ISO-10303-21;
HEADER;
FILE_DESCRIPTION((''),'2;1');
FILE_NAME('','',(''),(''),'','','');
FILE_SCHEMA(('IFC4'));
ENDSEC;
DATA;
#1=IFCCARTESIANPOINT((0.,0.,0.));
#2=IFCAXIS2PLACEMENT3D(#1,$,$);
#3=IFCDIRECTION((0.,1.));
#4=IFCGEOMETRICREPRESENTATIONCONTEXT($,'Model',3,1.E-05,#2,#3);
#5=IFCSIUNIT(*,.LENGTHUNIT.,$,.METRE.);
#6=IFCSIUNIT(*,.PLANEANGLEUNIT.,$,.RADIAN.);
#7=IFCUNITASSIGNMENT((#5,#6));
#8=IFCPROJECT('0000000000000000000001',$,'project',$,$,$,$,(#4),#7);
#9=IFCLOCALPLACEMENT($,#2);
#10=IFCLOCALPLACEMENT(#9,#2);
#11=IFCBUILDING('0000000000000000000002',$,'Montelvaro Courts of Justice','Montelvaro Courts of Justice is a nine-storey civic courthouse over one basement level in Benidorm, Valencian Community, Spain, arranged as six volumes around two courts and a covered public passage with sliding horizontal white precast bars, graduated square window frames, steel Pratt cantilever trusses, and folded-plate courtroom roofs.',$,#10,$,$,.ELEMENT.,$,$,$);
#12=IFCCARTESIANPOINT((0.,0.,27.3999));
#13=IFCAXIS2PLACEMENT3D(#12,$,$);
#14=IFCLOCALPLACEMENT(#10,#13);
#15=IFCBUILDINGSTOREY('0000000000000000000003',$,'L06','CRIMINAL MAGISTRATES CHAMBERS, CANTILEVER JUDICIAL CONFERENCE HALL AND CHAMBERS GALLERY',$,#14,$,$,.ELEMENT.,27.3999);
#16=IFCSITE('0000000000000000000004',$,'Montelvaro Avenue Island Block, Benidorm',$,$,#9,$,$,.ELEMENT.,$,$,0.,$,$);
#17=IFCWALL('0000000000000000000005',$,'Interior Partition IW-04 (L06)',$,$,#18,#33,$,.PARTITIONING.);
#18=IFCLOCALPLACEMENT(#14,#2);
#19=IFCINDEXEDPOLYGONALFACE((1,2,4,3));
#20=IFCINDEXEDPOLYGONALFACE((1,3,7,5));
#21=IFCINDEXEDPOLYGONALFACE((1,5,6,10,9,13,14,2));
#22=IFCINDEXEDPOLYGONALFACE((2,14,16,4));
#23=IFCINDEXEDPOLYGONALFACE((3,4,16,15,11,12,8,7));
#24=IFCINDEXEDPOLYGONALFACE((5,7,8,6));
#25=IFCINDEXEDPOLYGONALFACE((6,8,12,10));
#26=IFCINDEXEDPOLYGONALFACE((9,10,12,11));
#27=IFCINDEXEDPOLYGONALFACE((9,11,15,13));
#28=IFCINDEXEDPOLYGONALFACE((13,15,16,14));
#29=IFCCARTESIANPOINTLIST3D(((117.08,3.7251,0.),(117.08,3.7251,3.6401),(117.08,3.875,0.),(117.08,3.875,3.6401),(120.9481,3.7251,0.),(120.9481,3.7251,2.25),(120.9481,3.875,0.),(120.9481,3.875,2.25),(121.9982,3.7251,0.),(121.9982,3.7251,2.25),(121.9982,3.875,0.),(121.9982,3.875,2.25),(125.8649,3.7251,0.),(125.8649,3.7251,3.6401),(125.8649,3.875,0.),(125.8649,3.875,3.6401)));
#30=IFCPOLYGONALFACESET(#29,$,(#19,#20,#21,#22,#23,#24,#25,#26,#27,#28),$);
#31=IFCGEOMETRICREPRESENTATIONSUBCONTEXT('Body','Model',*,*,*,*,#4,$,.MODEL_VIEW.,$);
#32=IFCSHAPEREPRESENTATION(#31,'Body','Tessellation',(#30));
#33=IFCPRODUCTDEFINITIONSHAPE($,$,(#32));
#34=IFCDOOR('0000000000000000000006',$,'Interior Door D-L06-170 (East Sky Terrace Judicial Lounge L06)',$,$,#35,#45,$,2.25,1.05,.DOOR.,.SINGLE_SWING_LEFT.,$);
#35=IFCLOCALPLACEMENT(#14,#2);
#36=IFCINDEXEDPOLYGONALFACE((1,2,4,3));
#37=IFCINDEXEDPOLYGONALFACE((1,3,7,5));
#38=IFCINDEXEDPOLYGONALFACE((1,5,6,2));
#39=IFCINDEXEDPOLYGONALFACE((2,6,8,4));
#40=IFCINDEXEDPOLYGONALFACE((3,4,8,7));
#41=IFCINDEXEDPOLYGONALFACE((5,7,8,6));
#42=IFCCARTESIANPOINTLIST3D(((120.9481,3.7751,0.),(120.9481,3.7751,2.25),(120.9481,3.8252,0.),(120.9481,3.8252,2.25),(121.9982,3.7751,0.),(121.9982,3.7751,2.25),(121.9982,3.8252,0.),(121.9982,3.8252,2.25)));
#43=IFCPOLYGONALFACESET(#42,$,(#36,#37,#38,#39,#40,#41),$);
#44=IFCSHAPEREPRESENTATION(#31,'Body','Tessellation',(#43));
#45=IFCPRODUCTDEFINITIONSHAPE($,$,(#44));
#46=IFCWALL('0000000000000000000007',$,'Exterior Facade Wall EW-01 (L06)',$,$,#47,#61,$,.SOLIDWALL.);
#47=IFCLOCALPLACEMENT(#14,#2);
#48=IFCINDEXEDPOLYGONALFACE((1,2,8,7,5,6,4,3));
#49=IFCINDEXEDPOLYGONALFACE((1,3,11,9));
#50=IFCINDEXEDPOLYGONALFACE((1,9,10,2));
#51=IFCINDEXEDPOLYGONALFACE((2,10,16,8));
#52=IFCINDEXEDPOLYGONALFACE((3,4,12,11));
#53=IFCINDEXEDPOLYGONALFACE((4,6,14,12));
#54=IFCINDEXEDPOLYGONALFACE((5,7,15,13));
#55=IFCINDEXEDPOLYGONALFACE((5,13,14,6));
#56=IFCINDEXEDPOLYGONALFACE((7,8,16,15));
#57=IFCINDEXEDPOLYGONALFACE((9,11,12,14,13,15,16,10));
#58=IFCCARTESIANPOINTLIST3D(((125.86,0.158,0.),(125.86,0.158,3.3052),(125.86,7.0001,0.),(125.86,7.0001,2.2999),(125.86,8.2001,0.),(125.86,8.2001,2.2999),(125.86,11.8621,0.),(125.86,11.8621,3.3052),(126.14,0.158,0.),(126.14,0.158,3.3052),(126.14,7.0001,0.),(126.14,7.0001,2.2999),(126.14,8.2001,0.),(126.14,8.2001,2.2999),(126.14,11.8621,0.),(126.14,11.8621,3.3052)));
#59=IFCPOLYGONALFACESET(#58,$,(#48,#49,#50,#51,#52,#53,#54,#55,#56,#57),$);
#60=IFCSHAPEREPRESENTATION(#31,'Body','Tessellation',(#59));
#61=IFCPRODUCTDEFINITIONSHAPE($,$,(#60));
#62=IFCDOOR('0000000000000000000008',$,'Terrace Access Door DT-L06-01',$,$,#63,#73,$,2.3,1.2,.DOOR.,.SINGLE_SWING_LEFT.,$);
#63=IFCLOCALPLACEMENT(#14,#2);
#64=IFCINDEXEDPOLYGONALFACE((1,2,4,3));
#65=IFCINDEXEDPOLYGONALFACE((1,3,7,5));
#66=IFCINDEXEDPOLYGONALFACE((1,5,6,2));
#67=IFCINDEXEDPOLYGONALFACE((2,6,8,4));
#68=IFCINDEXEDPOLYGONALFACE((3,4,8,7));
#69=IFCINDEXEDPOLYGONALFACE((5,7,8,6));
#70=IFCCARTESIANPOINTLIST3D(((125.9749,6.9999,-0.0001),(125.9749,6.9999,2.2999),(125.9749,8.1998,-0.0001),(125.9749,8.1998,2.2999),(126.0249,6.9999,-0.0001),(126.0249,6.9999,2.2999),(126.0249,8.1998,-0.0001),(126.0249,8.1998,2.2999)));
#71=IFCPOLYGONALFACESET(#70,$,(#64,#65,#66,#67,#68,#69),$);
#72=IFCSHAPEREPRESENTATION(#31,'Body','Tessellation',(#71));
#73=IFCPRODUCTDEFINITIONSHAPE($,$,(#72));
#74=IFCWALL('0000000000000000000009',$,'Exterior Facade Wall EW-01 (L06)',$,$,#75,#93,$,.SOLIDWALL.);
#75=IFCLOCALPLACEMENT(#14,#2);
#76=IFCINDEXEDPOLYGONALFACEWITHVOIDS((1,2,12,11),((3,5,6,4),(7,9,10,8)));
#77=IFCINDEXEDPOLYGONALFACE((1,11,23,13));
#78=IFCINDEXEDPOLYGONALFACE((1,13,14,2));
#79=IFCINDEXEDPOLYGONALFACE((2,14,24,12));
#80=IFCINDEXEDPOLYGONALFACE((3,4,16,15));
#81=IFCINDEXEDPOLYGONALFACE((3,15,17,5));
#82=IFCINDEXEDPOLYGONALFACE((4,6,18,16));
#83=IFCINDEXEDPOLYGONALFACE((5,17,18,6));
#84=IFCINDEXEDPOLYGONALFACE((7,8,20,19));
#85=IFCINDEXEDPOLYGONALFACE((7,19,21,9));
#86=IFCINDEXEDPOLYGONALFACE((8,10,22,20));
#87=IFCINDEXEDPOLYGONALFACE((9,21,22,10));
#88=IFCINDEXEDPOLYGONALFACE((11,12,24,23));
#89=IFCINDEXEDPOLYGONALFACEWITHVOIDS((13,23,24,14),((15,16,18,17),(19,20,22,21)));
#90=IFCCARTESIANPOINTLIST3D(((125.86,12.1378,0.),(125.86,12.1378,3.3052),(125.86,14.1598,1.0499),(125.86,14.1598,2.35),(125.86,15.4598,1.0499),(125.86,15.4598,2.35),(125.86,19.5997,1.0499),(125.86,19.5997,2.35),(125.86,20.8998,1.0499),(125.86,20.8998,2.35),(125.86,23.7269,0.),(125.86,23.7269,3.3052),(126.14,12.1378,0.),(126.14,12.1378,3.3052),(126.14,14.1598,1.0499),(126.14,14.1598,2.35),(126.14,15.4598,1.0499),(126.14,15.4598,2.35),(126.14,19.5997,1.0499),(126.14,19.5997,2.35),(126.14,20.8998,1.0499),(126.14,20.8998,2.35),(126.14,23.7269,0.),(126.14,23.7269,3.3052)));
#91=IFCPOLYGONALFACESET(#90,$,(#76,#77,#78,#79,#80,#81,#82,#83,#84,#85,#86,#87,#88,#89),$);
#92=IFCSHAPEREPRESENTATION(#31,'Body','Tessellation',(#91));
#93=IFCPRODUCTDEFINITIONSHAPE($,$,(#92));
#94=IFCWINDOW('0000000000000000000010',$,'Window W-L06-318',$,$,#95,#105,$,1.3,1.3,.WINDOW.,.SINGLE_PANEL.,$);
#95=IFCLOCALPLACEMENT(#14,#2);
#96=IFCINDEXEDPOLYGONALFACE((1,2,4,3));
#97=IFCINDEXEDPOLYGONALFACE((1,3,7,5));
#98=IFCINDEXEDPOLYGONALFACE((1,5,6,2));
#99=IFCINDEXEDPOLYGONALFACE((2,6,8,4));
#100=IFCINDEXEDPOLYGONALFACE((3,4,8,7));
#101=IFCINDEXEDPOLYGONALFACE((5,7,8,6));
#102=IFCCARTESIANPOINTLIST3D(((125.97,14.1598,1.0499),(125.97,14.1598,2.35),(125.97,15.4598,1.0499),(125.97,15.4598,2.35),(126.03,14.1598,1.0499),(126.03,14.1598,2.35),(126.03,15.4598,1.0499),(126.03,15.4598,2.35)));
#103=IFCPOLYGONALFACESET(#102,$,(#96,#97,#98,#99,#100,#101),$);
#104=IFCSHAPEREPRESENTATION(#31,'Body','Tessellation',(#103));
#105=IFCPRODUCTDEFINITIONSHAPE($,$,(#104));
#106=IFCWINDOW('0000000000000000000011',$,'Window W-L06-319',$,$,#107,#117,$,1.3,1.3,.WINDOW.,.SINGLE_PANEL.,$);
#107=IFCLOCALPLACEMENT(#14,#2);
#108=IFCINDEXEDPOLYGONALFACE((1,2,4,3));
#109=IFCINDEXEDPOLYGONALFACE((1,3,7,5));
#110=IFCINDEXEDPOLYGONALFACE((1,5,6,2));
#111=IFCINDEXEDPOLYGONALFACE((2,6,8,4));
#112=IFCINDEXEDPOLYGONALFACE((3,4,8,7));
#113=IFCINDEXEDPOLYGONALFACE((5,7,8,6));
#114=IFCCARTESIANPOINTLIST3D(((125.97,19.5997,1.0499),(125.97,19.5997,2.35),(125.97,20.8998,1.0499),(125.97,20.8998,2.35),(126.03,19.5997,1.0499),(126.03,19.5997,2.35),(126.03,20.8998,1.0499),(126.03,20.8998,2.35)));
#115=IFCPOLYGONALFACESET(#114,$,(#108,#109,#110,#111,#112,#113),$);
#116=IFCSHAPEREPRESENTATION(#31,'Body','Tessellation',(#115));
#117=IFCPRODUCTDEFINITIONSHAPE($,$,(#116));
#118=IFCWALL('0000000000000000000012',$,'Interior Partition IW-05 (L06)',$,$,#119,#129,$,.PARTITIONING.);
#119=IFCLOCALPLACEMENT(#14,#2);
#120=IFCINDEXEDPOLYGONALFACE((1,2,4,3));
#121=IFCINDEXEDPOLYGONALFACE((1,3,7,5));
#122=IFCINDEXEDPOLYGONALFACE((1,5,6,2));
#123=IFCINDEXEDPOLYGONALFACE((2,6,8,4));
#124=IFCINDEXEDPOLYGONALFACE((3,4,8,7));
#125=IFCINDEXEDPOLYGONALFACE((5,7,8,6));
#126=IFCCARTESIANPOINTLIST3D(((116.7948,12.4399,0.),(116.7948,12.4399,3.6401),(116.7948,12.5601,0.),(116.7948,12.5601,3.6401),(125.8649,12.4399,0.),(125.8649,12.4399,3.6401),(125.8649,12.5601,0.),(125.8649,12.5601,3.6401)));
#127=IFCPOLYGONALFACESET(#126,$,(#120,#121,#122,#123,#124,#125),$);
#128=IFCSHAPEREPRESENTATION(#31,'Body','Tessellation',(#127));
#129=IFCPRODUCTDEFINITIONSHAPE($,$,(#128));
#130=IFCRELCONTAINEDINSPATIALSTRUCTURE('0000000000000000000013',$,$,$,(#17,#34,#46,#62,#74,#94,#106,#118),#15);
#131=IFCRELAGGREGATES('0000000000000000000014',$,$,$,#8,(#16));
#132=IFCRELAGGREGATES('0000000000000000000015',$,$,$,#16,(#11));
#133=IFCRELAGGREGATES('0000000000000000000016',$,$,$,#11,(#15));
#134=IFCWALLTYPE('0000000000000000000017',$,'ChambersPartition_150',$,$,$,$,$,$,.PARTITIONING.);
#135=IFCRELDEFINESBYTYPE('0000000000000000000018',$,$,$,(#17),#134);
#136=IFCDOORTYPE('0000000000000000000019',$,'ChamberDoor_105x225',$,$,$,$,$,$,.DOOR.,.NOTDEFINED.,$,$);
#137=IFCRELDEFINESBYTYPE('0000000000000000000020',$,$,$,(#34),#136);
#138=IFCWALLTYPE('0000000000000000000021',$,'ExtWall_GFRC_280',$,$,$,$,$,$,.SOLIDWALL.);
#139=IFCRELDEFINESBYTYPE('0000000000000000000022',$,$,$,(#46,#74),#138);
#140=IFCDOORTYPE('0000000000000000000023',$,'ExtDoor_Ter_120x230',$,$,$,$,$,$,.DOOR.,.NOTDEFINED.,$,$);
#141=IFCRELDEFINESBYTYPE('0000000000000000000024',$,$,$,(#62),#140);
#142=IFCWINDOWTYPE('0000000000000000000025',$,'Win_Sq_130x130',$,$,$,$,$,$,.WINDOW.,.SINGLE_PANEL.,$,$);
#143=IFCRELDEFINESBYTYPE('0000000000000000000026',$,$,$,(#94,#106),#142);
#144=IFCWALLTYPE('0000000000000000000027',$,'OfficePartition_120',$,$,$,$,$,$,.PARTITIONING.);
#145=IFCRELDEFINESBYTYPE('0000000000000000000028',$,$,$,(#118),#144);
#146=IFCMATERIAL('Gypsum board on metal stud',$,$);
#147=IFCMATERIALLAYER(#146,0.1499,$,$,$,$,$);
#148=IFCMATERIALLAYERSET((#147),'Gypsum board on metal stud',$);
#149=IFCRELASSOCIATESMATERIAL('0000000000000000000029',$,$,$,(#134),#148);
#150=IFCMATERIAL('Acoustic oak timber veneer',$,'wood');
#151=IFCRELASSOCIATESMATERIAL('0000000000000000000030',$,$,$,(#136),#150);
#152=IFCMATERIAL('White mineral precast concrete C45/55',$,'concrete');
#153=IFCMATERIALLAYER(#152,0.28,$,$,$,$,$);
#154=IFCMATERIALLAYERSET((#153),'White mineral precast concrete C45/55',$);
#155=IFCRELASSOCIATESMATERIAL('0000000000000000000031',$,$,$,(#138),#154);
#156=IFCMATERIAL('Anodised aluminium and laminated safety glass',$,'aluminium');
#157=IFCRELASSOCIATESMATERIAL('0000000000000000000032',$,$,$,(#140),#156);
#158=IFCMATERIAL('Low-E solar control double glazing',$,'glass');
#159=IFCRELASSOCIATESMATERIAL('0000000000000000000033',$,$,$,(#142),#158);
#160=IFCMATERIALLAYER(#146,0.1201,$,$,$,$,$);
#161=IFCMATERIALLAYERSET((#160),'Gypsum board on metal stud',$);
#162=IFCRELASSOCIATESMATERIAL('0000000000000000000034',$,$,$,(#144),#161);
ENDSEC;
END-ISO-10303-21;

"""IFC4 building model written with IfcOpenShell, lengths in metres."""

from ifc_helpers import new_model, si_unit, direction, frame, frame_2d, origin, place, context, subcontext, project, spatial, rectangle, extrude, material, layer, layer_set, type_object, element, fill, save


model = new_model("IFC4")

# Units and contexts
model_context = context("Model", 3, precision=1e-05, world=origin(), true_north=direction((0.0, 1.0)))
body_context = subcontext(model_context, "Body", "Model", "MODEL_VIEW")
ifc_project = project(units=[si_unit("LENGTHUNIT", "METRE"), si_unit("PLANEANGLEUNIT", "RADIAN")], contexts=[model_context])

# Site, building, storey
site_placement = place(None, origin())
site = spatial("IfcSite", under=ifc_project, at=site_placement, Name="Montelvaro Avenue Island Block, Benidorm", CompositionType="ELEMENT", RefElevation=0.0)
building_placement = place(site_placement, origin())
building = spatial("IfcBuilding", under=site, at=building_placement, Name="Montelvaro Courts of Justice", Description="Montelvaro Courts of Justice is a nine-storey civic courthouse over one basement level in Benidorm, Valencian Community, Spain, arranged as six volumes around two courts and a covered public passage with sliding horizontal white precast bars, graduated square window frames, steel Pratt cantilever trusses, and folded-plate courtroom roofs.", CompositionType="ELEMENT")
storey_placement = place(building_placement, frame((0.0, 0.0, 27.3999)))
storey = spatial("IfcBuildingStorey", under=building, at=storey_placement, Name="L06", Description="CRIMINAL MAGISTRATES CHAMBERS, CANTILEVER JUDICIAL CONFERENCE HALL AND CHAMBERS GALLERY", CompositionType="ELEMENT", Elevation=27.3999)

# Shared definitions
ifc_material_1 = material(Name="White mineral precast concrete C45/55", Category="concrete")

# Walls, openings, doors
ifc_material_2 = material(Name="Gypsum board on metal stud")
ifc_layer_1 = layer(ifc_material_2, 0.1499)
ifc_layer_set_1 = layer_set([ifc_layer_1], Name="Gypsum board on metal stud")
wall_type_1 = type_object("IfcWallType", Name="ChambersPartition_150", PredefinedType="PARTITIONING", material=ifc_layer_set_1)
wall_1_placement = place(storey_placement, frame((125.865, 3.8, 0.0), z_axis=(0.0, 0.0, 1.0), x_axis=(-1.0, 0.0, 0.0)))
wall_1 = element("IfcWall", 1, at=wall_1_placement, inside=storey, type_object=wall_type_1, Name="Interior Partition IW-04 (L06)", PredefinedType="PARTITIONING", context=body_context, shape_type="SweptSolid", body=[
    extrude(rectangle(XDim=8.7849, YDim=0.1499, at=frame_2d((4.3926, 0.0))), origin(), (0.0, 0.0, 1.0), 3.6401),
])
opening_1_placement = place(wall_1_placement, frame((3.8669, 0.0, 0.0)))
opening_1 = element("IfcOpeningElement", 2, at=opening_1_placement, cuts=wall_1, PredefinedType="OPENING", context=body_context, shape_type="SweptSolid", body=[
    extrude(rectangle(XDim=1.05, YDim=2.25, at=frame_2d((0.5249, 1.125))), frame((0.0, 0.0898, 0.0), z_axis=(0.0, -1.0, 0.0), x_axis=(1.0, 0.0, 0.0)), (0.0, 0.0, 1.0), 0.1797),
])
ifc_material_3 = material(Name="Acoustic oak timber veneer", Category="wood")
door_type_1 = type_object("IfcDoorType", Name="ChamberDoor_105x225", OperationType="NOTDEFINED", PredefinedType="DOOR", material=ifc_material_3)
door_1_placement = place(opening_1_placement, origin())
door_1 = element("IfcDoor", 3, at=door_1_placement, inside=storey, type_object=door_type_1, Name="Interior Door D-L06-170 (East Sky Terrace Judicial Lounge L06)", OperationType="SINGLE_SWING_LEFT", OverallHeight=2.25, OverallWidth=1.05, PredefinedType="DOOR", context=body_context, shape_type="SweptSolid", body=[
    extrude(rectangle(XDim=1.05, YDim=2.25, at=frame_2d((0.5249, 1.125))), frame((0.0, 0.0249, 0.0), z_axis=(0.0, -1.0, 0.0), x_axis=(1.0, 0.0, 0.0)), (0.0, 0.0, 1.0), 0.05),
])
fill(opening_1, door_1)
ifc_layer_2 = layer(ifc_material_1, 0.28)
ifc_layer_set_2 = layer_set([ifc_layer_2], Name="White mineral precast concrete C45/55")
wall_type_2 = type_object("IfcWallType", Name="ExtWall_GFRC_280", PredefinedType="SOLIDWALL", material=ifc_layer_set_2)
wall_2_placement = place(storey_placement, frame((126.0, 0.158, 0.0), z_axis=(0.0, 0.0, 1.0), x_axis=(0.0, 1.0, 0.0)))
wall_2 = element("IfcWall", 4, at=wall_2_placement, inside=storey, type_object=wall_type_2, Name="Exterior Facade Wall EW-01 (L06)", PredefinedType="SOLIDWALL", context=body_context, shape_type="SweptSolid", body=[
    extrude(rectangle(XDim=11.7041, YDim=0.28, at=frame_2d((5.8521, 0.0))), origin(), (0.0, 0.0, 1.0), 3.3052),
])
opening_2_placement = place(wall_2_placement, frame((6.842, 0.0, 0.0)))
opening_2 = element("IfcOpeningElement", 5, at=opening_2_placement, cuts=wall_2, PredefinedType="OPENING", context=body_context, shape_type="SweptSolid", body=[
    extrude(rectangle(XDim=1.2, YDim=2.3, at=frame_2d((0.6001, 1.1499))), frame((0.0, 0.1548, 0.0), z_axis=(0.0, -1.0, 0.0), x_axis=(1.0, 0.0, 0.0)), (0.0, 0.0, 1.0), 0.3098),
])
ifc_material_4 = material(Name="Anodised aluminium and laminated safety glass", Category="aluminium")
door_type_2 = type_object("IfcDoorType", Name="ExtDoor_Ter_120x230", OperationType="NOTDEFINED", PredefinedType="DOOR", material=ifc_material_4)
door_2_placement = place(opening_2_placement, frame((1.2, 0.0, 0.0), z_axis=(0.0, 0.0, 1.0), x_axis=(-1.0, 0.0, 0.0)))
door_2 = element("IfcDoor", 6, at=door_2_placement, inside=storey, type_object=door_type_2, Name="Terrace Access Door DT-L06-01", OperationType="SINGLE_SWING_LEFT", OverallHeight=2.3, OverallWidth=1.2, PredefinedType="DOOR", context=body_context, shape_type="SweptSolid", body=[
    extrude(rectangle(XDim=1.2, YDim=2.3, at=frame_2d((0.6001, 1.1499))), frame((0.0, 0.0249, 0.0), z_axis=(0.0, -1.0, 0.0), x_axis=(1.0, 0.0, 0.0)), (0.0, 0.0, 1.0), 0.05),
])
fill(opening_2, door_2)

# Wall, openings, windows
wall_3_placement = place(storey_placement, frame((126.0, 12.1379, 0.0), z_axis=(0.0, 0.0, 1.0), x_axis=(0.0, 1.0, 0.0)))
wall_3 = element("IfcWall", 7, at=wall_3_placement, inside=storey, type_object=wall_type_2, Name="Exterior Facade Wall EW-01 (L06)", PredefinedType="SOLIDWALL", context=body_context, shape_type="SweptSolid", body=[
    extrude(rectangle(XDim=11.5891, YDim=0.28, at=frame_2d((5.7944, 0.0))), origin(), (0.0, 0.0, 1.0), 3.3052),
])
opening_3_placement = place(wall_3_placement, frame((2.022, 0.0, 1.05)))
opening_3 = element("IfcOpeningElement", 8, at=opening_3_placement, cuts=wall_3, PredefinedType="OPENING", context=body_context, shape_type="SweptSolid", body=[
    extrude(rectangle(XDim=1.3, YDim=1.3, at=frame_2d((0.6499, 0.6499))), frame((0.0, 0.1548, 0.0), z_axis=(0.0, -1.0, 0.0), x_axis=(1.0, 0.0, 0.0)), (0.0, 0.0, 1.0), 0.3098),
])
opening_4_placement = place(wall_3_placement, frame((7.4619, 0.0, 1.05)))
opening_4 = element("IfcOpeningElement", 9, at=opening_4_placement, cuts=wall_3, PredefinedType="OPENING", context=body_context, shape_type="SweptSolid", body=[
    extrude(rectangle(XDim=1.3, YDim=1.3, at=frame_2d((0.6499, 0.6499))), frame((0.0, 0.1548, 0.0), z_axis=(0.0, -1.0, 0.0), x_axis=(1.0, 0.0, 0.0)), (0.0, 0.0, 1.0), 0.3098),
])
ifc_material_5 = material(Name="Low-E solar control double glazing", Category="glass")
window_type = type_object("IfcWindowType", Name="Win_Sq_130x130", PartitioningType="SINGLE_PANEL", PredefinedType="WINDOW", material=ifc_material_5)
window_1_placement = place(opening_3_placement, origin())
window_1 = element("IfcWindow", 10, at=window_1_placement, inside=storey, type_object=window_type, Name="Window W-L06-318", OverallHeight=1.3, OverallWidth=1.3, PartitioningType="SINGLE_PANEL", PredefinedType="WINDOW", context=body_context, shape_type="SweptSolid", body=[
    extrude(rectangle(XDim=1.3, YDim=1.3, at=frame_2d((0.6499, 0.6499))), frame((0.0, 0.03, 0.0), z_axis=(0.0, -1.0, 0.0), x_axis=(1.0, 0.0, 0.0)), (0.0, 0.0, 1.0), 0.0601),
])
fill(opening_3, window_1)
window_2_placement = place(opening_4_placement, origin())
window_2 = element("IfcWindow", 11, at=window_2_placement, inside=storey, type_object=window_type, Name="Window W-L06-319", OverallHeight=1.3, OverallWidth=1.3, PartitioningType="SINGLE_PANEL", PredefinedType="WINDOW", context=body_context, shape_type="SweptSolid", body=[
    extrude(rectangle(XDim=1.3, YDim=1.3, at=frame_2d((0.6499, 0.6499))), frame((0.0, 0.03, 0.0), z_axis=(0.0, -1.0, 0.0), x_axis=(1.0, 0.0, 0.0)), (0.0, 0.0, 1.0), 0.0601),
])
fill(opening_4, window_2)

# Wall
ifc_layer_3 = layer(ifc_material_2, 0.1201)
ifc_layer_set_3 = layer_set([ifc_layer_3], Name="Gypsum board on metal stud")
wall_type_3 = type_object("IfcWallType", Name="OfficePartition_120", PredefinedType="PARTITIONING", material=ifc_layer_set_3)
wall_4_placement = place(storey_placement, frame((125.865, 12.5, 0.0), z_axis=(0.0, 0.0, 1.0), x_axis=(-1.0, 0.0, 0.0)))
element("IfcWall", 12, at=wall_4_placement, inside=storey, type_object=wall_type_3, Name="Interior Partition IW-05 (L06)", PredefinedType="PARTITIONING", context=body_context, shape_type="SweptSolid", body=[
    extrude(rectangle(XDim=9.0701, YDim=0.1201, at=frame_2d((4.5352, 0.0))), origin(), (0.0, 0.0, 1.0), 3.6401),
])

save(model, "model.ifc")
